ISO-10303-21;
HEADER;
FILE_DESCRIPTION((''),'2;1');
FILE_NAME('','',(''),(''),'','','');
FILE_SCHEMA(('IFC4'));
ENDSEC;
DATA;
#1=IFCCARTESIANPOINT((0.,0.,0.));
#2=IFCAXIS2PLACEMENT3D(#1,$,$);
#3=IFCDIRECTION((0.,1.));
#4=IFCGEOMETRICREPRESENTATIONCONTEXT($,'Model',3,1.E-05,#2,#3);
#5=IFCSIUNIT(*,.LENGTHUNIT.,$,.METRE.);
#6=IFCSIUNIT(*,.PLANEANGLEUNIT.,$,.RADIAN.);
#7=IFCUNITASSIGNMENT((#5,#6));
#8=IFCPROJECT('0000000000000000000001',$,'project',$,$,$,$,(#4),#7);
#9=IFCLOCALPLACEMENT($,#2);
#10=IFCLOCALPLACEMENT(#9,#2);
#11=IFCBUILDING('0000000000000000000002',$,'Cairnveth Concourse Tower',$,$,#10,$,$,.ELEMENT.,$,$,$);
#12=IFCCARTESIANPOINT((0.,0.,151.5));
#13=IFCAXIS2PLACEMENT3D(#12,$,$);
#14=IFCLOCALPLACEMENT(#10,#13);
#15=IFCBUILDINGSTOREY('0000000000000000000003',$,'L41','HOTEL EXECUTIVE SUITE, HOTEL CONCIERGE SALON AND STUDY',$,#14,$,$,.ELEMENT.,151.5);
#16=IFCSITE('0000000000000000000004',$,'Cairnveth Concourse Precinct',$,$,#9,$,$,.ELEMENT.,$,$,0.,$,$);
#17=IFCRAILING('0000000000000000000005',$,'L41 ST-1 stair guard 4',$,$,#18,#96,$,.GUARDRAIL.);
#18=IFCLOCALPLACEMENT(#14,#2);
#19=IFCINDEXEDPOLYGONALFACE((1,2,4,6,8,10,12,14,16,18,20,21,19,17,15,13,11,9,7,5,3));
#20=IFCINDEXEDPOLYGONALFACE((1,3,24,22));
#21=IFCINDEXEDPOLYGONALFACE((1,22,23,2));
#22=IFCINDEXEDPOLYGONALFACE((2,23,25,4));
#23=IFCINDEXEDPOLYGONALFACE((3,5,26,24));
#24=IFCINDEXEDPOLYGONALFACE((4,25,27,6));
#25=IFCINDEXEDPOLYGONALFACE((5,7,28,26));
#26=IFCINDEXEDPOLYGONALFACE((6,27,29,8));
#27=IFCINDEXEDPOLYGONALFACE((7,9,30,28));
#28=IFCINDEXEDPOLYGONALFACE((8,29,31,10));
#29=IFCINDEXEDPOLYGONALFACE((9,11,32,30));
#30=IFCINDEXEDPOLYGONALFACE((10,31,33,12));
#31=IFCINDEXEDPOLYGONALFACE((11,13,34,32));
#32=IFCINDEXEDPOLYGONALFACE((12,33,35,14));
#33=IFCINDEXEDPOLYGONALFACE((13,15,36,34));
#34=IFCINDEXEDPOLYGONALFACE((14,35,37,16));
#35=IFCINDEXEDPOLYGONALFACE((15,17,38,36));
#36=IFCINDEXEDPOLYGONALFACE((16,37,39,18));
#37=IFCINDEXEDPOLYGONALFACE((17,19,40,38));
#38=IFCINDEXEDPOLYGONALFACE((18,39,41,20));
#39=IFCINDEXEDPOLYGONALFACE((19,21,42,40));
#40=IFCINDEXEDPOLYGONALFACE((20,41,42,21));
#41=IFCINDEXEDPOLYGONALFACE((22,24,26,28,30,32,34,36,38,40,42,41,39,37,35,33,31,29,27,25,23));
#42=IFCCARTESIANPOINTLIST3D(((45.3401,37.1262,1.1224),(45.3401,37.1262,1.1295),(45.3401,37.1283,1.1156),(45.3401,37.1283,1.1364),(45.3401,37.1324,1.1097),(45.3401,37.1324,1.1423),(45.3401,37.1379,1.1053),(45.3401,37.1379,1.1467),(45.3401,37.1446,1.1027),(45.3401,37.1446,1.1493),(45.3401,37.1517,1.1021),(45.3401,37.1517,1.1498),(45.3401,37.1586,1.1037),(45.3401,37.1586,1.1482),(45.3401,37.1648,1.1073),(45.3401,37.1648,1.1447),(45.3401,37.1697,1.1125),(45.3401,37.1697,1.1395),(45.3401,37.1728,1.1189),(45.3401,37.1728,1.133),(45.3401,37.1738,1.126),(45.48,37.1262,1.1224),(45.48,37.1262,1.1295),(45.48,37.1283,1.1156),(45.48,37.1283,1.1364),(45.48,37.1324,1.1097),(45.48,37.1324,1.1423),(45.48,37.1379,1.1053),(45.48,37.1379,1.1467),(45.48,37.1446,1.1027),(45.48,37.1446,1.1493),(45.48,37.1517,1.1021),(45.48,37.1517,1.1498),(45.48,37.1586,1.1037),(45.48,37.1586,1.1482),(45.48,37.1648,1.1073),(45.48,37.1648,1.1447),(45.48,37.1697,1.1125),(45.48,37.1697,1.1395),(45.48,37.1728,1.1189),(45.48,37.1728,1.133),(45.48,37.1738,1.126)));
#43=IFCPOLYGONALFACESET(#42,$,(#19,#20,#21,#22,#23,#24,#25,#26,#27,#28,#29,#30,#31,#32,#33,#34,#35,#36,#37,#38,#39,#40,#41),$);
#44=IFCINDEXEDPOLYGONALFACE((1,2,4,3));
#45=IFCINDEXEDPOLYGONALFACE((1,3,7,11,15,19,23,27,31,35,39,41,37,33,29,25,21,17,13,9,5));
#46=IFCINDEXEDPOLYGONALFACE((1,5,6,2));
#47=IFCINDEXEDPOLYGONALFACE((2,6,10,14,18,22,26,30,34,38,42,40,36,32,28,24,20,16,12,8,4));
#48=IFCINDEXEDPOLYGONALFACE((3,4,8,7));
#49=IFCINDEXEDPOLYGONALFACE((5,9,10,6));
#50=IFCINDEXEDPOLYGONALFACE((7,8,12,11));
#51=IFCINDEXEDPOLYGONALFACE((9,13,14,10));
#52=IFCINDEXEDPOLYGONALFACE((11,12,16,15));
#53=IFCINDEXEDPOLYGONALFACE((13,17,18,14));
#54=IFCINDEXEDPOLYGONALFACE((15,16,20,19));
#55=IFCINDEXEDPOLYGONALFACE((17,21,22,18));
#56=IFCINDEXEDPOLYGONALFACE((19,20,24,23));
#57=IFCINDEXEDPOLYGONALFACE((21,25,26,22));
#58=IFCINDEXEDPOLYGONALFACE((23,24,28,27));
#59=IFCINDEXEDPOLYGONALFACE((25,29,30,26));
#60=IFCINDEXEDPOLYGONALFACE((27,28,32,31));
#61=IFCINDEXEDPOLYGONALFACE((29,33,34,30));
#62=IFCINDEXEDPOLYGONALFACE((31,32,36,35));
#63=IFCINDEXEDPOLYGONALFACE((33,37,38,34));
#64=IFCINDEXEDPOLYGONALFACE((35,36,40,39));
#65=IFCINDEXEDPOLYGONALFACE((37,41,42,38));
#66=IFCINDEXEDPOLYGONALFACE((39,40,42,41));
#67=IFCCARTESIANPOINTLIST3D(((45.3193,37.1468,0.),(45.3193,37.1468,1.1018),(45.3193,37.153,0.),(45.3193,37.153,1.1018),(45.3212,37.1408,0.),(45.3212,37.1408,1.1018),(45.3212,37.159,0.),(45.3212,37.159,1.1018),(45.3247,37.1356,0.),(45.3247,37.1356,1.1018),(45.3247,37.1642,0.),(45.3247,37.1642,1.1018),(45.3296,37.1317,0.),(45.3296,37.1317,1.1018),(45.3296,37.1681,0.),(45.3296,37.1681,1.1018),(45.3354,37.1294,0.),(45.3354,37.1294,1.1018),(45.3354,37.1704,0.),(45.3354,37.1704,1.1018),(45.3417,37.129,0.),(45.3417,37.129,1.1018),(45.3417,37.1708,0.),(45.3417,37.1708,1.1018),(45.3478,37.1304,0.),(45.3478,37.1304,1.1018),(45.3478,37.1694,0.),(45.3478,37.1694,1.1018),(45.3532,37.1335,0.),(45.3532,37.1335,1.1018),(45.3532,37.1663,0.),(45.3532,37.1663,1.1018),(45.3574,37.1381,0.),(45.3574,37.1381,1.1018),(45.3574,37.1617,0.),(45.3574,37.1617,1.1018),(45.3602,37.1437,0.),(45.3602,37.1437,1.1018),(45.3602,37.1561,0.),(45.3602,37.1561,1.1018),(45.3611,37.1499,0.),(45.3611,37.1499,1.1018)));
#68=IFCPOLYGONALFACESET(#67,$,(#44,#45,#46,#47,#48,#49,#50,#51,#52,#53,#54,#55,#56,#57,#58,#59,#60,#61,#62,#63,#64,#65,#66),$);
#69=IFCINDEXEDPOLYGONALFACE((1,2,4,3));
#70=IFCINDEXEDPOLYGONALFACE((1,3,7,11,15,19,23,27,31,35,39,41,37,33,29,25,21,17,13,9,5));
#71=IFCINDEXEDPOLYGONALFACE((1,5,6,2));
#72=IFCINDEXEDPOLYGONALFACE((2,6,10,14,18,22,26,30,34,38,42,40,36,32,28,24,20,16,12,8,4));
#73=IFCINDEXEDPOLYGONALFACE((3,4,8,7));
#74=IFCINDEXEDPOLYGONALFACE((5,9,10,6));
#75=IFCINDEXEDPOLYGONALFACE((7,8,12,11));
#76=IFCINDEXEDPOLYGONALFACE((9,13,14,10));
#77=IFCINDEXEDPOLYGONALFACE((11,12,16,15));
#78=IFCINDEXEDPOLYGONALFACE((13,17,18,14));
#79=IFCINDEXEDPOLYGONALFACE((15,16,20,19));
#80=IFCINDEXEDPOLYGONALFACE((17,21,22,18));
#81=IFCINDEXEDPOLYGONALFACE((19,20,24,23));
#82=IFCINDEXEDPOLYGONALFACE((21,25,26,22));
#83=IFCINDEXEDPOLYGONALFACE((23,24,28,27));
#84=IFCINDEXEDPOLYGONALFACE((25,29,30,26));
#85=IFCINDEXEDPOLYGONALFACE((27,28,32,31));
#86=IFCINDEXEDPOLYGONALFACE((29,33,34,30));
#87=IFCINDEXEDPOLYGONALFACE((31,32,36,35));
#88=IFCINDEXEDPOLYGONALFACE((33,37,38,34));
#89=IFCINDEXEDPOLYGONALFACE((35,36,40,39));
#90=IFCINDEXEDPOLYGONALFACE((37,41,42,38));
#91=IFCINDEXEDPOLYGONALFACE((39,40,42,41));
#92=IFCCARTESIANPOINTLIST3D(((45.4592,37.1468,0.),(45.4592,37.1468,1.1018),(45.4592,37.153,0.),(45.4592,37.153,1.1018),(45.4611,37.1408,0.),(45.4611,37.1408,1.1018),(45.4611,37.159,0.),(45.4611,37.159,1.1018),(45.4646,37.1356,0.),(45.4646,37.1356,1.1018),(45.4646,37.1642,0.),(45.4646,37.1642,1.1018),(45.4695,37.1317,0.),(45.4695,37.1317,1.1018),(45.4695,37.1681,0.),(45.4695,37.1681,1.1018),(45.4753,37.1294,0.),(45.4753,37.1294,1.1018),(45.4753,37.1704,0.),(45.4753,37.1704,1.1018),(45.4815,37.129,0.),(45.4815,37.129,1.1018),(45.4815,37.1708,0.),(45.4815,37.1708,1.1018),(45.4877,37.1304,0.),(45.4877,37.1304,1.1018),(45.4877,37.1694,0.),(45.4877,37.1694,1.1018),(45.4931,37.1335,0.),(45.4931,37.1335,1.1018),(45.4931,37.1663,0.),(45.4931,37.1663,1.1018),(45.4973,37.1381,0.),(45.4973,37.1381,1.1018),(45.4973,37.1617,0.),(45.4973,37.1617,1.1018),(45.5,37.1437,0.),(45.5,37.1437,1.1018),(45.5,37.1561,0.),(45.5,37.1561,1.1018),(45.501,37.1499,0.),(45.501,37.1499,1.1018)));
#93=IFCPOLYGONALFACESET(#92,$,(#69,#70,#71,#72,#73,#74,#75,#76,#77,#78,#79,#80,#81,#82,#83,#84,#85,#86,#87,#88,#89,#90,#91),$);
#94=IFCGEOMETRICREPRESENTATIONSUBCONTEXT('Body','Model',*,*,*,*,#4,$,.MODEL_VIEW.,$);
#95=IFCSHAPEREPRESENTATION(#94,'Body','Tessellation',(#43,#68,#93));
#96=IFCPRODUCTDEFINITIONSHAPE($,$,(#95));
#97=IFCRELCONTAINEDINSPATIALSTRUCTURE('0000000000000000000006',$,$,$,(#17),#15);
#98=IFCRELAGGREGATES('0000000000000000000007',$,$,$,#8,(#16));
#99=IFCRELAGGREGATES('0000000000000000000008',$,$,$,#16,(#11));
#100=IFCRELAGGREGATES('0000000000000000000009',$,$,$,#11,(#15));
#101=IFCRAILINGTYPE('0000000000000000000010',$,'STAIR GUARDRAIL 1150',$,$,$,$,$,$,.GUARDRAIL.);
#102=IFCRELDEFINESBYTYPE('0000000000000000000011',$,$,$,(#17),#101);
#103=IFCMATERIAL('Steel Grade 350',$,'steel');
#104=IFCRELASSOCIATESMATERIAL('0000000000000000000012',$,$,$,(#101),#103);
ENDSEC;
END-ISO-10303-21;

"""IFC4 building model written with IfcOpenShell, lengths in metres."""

from ifc_helpers import new_model, si_unit, direction, frame, origin, origin_2d, place, context, subcontext, project, spatial, circle, extrude, material, type_object, element, save


model = new_model("IFC4")

# Units and contexts
model_context = context("Model", 3, precision=1e-05, world=origin(), true_north=direction((0.0, 1.0)))
body_context = subcontext(model_context, "Body", "Model", "MODEL_VIEW")
ifc_project = project(units=[si_unit("LENGTHUNIT", "METRE"), si_unit("PLANEANGLEUNIT", "RADIAN")], contexts=[model_context])

# Site, building, storey
site_placement = place(None, origin())
site = spatial("IfcSite", under=ifc_project, at=site_placement, Name="Cairnveth Concourse Precinct", CompositionType="ELEMENT", RefElevation=0.0)
building_placement = place(site_placement, origin())
building = spatial("IfcBuilding", under=site, at=building_placement, Name="Cairnveth Concourse Tower", CompositionType="ELEMENT")
storey_placement = place(building_placement, frame((0.0, 0.0, 151.5)))
storey = spatial("IfcBuildingStorey", under=building, at=storey_placement, Name="L41", Description="HOTEL EXECUTIVE SUITE, HOTEL CONCIERGE SALON AND STUDY", CompositionType="ELEMENT", Elevation=151.5)

# Shared definitions
ifc_material_1 = material(Name="Steel Grade 350", Category="steel")

# Railing
railing_type_1 = type_object("IfcRailingType", Name="STAIR GUARDRAIL 1150", PredefinedType="GUARDRAIL", material=ifc_material_1)
railing_1_placement = place(storey_placement, frame((45.3401, 37.1499, 0.0)))
element("IfcRailing", 1, at=railing_1_placement, inside=storey, type_object=railing_type_1, Name="L41 ST-1 stair guard 4", PredefinedType="GUARDRAIL", context=body_context, shape_type="SweptSolid", body=[
    extrude(circle(Radius=0.0239, at=origin_2d()), frame((0.0, 0.0, 1.126), z_axis=(1.0, 0.0, 0.0), x_axis=(0.0, 1.0, 0.0)), (0.0, 0.0, 1.0), 0.1399),
    extrude(circle(Radius=0.021, at=origin_2d()), origin(), (0.0, 0.0, 1.0), 1.1018),
    extrude(circle(Radius=0.021, at=origin_2d()), frame((0.1399, 0.0, 0.0)), (0.0, 0.0, 1.0), 1.1018),
])

save(model, "model.ifc")
